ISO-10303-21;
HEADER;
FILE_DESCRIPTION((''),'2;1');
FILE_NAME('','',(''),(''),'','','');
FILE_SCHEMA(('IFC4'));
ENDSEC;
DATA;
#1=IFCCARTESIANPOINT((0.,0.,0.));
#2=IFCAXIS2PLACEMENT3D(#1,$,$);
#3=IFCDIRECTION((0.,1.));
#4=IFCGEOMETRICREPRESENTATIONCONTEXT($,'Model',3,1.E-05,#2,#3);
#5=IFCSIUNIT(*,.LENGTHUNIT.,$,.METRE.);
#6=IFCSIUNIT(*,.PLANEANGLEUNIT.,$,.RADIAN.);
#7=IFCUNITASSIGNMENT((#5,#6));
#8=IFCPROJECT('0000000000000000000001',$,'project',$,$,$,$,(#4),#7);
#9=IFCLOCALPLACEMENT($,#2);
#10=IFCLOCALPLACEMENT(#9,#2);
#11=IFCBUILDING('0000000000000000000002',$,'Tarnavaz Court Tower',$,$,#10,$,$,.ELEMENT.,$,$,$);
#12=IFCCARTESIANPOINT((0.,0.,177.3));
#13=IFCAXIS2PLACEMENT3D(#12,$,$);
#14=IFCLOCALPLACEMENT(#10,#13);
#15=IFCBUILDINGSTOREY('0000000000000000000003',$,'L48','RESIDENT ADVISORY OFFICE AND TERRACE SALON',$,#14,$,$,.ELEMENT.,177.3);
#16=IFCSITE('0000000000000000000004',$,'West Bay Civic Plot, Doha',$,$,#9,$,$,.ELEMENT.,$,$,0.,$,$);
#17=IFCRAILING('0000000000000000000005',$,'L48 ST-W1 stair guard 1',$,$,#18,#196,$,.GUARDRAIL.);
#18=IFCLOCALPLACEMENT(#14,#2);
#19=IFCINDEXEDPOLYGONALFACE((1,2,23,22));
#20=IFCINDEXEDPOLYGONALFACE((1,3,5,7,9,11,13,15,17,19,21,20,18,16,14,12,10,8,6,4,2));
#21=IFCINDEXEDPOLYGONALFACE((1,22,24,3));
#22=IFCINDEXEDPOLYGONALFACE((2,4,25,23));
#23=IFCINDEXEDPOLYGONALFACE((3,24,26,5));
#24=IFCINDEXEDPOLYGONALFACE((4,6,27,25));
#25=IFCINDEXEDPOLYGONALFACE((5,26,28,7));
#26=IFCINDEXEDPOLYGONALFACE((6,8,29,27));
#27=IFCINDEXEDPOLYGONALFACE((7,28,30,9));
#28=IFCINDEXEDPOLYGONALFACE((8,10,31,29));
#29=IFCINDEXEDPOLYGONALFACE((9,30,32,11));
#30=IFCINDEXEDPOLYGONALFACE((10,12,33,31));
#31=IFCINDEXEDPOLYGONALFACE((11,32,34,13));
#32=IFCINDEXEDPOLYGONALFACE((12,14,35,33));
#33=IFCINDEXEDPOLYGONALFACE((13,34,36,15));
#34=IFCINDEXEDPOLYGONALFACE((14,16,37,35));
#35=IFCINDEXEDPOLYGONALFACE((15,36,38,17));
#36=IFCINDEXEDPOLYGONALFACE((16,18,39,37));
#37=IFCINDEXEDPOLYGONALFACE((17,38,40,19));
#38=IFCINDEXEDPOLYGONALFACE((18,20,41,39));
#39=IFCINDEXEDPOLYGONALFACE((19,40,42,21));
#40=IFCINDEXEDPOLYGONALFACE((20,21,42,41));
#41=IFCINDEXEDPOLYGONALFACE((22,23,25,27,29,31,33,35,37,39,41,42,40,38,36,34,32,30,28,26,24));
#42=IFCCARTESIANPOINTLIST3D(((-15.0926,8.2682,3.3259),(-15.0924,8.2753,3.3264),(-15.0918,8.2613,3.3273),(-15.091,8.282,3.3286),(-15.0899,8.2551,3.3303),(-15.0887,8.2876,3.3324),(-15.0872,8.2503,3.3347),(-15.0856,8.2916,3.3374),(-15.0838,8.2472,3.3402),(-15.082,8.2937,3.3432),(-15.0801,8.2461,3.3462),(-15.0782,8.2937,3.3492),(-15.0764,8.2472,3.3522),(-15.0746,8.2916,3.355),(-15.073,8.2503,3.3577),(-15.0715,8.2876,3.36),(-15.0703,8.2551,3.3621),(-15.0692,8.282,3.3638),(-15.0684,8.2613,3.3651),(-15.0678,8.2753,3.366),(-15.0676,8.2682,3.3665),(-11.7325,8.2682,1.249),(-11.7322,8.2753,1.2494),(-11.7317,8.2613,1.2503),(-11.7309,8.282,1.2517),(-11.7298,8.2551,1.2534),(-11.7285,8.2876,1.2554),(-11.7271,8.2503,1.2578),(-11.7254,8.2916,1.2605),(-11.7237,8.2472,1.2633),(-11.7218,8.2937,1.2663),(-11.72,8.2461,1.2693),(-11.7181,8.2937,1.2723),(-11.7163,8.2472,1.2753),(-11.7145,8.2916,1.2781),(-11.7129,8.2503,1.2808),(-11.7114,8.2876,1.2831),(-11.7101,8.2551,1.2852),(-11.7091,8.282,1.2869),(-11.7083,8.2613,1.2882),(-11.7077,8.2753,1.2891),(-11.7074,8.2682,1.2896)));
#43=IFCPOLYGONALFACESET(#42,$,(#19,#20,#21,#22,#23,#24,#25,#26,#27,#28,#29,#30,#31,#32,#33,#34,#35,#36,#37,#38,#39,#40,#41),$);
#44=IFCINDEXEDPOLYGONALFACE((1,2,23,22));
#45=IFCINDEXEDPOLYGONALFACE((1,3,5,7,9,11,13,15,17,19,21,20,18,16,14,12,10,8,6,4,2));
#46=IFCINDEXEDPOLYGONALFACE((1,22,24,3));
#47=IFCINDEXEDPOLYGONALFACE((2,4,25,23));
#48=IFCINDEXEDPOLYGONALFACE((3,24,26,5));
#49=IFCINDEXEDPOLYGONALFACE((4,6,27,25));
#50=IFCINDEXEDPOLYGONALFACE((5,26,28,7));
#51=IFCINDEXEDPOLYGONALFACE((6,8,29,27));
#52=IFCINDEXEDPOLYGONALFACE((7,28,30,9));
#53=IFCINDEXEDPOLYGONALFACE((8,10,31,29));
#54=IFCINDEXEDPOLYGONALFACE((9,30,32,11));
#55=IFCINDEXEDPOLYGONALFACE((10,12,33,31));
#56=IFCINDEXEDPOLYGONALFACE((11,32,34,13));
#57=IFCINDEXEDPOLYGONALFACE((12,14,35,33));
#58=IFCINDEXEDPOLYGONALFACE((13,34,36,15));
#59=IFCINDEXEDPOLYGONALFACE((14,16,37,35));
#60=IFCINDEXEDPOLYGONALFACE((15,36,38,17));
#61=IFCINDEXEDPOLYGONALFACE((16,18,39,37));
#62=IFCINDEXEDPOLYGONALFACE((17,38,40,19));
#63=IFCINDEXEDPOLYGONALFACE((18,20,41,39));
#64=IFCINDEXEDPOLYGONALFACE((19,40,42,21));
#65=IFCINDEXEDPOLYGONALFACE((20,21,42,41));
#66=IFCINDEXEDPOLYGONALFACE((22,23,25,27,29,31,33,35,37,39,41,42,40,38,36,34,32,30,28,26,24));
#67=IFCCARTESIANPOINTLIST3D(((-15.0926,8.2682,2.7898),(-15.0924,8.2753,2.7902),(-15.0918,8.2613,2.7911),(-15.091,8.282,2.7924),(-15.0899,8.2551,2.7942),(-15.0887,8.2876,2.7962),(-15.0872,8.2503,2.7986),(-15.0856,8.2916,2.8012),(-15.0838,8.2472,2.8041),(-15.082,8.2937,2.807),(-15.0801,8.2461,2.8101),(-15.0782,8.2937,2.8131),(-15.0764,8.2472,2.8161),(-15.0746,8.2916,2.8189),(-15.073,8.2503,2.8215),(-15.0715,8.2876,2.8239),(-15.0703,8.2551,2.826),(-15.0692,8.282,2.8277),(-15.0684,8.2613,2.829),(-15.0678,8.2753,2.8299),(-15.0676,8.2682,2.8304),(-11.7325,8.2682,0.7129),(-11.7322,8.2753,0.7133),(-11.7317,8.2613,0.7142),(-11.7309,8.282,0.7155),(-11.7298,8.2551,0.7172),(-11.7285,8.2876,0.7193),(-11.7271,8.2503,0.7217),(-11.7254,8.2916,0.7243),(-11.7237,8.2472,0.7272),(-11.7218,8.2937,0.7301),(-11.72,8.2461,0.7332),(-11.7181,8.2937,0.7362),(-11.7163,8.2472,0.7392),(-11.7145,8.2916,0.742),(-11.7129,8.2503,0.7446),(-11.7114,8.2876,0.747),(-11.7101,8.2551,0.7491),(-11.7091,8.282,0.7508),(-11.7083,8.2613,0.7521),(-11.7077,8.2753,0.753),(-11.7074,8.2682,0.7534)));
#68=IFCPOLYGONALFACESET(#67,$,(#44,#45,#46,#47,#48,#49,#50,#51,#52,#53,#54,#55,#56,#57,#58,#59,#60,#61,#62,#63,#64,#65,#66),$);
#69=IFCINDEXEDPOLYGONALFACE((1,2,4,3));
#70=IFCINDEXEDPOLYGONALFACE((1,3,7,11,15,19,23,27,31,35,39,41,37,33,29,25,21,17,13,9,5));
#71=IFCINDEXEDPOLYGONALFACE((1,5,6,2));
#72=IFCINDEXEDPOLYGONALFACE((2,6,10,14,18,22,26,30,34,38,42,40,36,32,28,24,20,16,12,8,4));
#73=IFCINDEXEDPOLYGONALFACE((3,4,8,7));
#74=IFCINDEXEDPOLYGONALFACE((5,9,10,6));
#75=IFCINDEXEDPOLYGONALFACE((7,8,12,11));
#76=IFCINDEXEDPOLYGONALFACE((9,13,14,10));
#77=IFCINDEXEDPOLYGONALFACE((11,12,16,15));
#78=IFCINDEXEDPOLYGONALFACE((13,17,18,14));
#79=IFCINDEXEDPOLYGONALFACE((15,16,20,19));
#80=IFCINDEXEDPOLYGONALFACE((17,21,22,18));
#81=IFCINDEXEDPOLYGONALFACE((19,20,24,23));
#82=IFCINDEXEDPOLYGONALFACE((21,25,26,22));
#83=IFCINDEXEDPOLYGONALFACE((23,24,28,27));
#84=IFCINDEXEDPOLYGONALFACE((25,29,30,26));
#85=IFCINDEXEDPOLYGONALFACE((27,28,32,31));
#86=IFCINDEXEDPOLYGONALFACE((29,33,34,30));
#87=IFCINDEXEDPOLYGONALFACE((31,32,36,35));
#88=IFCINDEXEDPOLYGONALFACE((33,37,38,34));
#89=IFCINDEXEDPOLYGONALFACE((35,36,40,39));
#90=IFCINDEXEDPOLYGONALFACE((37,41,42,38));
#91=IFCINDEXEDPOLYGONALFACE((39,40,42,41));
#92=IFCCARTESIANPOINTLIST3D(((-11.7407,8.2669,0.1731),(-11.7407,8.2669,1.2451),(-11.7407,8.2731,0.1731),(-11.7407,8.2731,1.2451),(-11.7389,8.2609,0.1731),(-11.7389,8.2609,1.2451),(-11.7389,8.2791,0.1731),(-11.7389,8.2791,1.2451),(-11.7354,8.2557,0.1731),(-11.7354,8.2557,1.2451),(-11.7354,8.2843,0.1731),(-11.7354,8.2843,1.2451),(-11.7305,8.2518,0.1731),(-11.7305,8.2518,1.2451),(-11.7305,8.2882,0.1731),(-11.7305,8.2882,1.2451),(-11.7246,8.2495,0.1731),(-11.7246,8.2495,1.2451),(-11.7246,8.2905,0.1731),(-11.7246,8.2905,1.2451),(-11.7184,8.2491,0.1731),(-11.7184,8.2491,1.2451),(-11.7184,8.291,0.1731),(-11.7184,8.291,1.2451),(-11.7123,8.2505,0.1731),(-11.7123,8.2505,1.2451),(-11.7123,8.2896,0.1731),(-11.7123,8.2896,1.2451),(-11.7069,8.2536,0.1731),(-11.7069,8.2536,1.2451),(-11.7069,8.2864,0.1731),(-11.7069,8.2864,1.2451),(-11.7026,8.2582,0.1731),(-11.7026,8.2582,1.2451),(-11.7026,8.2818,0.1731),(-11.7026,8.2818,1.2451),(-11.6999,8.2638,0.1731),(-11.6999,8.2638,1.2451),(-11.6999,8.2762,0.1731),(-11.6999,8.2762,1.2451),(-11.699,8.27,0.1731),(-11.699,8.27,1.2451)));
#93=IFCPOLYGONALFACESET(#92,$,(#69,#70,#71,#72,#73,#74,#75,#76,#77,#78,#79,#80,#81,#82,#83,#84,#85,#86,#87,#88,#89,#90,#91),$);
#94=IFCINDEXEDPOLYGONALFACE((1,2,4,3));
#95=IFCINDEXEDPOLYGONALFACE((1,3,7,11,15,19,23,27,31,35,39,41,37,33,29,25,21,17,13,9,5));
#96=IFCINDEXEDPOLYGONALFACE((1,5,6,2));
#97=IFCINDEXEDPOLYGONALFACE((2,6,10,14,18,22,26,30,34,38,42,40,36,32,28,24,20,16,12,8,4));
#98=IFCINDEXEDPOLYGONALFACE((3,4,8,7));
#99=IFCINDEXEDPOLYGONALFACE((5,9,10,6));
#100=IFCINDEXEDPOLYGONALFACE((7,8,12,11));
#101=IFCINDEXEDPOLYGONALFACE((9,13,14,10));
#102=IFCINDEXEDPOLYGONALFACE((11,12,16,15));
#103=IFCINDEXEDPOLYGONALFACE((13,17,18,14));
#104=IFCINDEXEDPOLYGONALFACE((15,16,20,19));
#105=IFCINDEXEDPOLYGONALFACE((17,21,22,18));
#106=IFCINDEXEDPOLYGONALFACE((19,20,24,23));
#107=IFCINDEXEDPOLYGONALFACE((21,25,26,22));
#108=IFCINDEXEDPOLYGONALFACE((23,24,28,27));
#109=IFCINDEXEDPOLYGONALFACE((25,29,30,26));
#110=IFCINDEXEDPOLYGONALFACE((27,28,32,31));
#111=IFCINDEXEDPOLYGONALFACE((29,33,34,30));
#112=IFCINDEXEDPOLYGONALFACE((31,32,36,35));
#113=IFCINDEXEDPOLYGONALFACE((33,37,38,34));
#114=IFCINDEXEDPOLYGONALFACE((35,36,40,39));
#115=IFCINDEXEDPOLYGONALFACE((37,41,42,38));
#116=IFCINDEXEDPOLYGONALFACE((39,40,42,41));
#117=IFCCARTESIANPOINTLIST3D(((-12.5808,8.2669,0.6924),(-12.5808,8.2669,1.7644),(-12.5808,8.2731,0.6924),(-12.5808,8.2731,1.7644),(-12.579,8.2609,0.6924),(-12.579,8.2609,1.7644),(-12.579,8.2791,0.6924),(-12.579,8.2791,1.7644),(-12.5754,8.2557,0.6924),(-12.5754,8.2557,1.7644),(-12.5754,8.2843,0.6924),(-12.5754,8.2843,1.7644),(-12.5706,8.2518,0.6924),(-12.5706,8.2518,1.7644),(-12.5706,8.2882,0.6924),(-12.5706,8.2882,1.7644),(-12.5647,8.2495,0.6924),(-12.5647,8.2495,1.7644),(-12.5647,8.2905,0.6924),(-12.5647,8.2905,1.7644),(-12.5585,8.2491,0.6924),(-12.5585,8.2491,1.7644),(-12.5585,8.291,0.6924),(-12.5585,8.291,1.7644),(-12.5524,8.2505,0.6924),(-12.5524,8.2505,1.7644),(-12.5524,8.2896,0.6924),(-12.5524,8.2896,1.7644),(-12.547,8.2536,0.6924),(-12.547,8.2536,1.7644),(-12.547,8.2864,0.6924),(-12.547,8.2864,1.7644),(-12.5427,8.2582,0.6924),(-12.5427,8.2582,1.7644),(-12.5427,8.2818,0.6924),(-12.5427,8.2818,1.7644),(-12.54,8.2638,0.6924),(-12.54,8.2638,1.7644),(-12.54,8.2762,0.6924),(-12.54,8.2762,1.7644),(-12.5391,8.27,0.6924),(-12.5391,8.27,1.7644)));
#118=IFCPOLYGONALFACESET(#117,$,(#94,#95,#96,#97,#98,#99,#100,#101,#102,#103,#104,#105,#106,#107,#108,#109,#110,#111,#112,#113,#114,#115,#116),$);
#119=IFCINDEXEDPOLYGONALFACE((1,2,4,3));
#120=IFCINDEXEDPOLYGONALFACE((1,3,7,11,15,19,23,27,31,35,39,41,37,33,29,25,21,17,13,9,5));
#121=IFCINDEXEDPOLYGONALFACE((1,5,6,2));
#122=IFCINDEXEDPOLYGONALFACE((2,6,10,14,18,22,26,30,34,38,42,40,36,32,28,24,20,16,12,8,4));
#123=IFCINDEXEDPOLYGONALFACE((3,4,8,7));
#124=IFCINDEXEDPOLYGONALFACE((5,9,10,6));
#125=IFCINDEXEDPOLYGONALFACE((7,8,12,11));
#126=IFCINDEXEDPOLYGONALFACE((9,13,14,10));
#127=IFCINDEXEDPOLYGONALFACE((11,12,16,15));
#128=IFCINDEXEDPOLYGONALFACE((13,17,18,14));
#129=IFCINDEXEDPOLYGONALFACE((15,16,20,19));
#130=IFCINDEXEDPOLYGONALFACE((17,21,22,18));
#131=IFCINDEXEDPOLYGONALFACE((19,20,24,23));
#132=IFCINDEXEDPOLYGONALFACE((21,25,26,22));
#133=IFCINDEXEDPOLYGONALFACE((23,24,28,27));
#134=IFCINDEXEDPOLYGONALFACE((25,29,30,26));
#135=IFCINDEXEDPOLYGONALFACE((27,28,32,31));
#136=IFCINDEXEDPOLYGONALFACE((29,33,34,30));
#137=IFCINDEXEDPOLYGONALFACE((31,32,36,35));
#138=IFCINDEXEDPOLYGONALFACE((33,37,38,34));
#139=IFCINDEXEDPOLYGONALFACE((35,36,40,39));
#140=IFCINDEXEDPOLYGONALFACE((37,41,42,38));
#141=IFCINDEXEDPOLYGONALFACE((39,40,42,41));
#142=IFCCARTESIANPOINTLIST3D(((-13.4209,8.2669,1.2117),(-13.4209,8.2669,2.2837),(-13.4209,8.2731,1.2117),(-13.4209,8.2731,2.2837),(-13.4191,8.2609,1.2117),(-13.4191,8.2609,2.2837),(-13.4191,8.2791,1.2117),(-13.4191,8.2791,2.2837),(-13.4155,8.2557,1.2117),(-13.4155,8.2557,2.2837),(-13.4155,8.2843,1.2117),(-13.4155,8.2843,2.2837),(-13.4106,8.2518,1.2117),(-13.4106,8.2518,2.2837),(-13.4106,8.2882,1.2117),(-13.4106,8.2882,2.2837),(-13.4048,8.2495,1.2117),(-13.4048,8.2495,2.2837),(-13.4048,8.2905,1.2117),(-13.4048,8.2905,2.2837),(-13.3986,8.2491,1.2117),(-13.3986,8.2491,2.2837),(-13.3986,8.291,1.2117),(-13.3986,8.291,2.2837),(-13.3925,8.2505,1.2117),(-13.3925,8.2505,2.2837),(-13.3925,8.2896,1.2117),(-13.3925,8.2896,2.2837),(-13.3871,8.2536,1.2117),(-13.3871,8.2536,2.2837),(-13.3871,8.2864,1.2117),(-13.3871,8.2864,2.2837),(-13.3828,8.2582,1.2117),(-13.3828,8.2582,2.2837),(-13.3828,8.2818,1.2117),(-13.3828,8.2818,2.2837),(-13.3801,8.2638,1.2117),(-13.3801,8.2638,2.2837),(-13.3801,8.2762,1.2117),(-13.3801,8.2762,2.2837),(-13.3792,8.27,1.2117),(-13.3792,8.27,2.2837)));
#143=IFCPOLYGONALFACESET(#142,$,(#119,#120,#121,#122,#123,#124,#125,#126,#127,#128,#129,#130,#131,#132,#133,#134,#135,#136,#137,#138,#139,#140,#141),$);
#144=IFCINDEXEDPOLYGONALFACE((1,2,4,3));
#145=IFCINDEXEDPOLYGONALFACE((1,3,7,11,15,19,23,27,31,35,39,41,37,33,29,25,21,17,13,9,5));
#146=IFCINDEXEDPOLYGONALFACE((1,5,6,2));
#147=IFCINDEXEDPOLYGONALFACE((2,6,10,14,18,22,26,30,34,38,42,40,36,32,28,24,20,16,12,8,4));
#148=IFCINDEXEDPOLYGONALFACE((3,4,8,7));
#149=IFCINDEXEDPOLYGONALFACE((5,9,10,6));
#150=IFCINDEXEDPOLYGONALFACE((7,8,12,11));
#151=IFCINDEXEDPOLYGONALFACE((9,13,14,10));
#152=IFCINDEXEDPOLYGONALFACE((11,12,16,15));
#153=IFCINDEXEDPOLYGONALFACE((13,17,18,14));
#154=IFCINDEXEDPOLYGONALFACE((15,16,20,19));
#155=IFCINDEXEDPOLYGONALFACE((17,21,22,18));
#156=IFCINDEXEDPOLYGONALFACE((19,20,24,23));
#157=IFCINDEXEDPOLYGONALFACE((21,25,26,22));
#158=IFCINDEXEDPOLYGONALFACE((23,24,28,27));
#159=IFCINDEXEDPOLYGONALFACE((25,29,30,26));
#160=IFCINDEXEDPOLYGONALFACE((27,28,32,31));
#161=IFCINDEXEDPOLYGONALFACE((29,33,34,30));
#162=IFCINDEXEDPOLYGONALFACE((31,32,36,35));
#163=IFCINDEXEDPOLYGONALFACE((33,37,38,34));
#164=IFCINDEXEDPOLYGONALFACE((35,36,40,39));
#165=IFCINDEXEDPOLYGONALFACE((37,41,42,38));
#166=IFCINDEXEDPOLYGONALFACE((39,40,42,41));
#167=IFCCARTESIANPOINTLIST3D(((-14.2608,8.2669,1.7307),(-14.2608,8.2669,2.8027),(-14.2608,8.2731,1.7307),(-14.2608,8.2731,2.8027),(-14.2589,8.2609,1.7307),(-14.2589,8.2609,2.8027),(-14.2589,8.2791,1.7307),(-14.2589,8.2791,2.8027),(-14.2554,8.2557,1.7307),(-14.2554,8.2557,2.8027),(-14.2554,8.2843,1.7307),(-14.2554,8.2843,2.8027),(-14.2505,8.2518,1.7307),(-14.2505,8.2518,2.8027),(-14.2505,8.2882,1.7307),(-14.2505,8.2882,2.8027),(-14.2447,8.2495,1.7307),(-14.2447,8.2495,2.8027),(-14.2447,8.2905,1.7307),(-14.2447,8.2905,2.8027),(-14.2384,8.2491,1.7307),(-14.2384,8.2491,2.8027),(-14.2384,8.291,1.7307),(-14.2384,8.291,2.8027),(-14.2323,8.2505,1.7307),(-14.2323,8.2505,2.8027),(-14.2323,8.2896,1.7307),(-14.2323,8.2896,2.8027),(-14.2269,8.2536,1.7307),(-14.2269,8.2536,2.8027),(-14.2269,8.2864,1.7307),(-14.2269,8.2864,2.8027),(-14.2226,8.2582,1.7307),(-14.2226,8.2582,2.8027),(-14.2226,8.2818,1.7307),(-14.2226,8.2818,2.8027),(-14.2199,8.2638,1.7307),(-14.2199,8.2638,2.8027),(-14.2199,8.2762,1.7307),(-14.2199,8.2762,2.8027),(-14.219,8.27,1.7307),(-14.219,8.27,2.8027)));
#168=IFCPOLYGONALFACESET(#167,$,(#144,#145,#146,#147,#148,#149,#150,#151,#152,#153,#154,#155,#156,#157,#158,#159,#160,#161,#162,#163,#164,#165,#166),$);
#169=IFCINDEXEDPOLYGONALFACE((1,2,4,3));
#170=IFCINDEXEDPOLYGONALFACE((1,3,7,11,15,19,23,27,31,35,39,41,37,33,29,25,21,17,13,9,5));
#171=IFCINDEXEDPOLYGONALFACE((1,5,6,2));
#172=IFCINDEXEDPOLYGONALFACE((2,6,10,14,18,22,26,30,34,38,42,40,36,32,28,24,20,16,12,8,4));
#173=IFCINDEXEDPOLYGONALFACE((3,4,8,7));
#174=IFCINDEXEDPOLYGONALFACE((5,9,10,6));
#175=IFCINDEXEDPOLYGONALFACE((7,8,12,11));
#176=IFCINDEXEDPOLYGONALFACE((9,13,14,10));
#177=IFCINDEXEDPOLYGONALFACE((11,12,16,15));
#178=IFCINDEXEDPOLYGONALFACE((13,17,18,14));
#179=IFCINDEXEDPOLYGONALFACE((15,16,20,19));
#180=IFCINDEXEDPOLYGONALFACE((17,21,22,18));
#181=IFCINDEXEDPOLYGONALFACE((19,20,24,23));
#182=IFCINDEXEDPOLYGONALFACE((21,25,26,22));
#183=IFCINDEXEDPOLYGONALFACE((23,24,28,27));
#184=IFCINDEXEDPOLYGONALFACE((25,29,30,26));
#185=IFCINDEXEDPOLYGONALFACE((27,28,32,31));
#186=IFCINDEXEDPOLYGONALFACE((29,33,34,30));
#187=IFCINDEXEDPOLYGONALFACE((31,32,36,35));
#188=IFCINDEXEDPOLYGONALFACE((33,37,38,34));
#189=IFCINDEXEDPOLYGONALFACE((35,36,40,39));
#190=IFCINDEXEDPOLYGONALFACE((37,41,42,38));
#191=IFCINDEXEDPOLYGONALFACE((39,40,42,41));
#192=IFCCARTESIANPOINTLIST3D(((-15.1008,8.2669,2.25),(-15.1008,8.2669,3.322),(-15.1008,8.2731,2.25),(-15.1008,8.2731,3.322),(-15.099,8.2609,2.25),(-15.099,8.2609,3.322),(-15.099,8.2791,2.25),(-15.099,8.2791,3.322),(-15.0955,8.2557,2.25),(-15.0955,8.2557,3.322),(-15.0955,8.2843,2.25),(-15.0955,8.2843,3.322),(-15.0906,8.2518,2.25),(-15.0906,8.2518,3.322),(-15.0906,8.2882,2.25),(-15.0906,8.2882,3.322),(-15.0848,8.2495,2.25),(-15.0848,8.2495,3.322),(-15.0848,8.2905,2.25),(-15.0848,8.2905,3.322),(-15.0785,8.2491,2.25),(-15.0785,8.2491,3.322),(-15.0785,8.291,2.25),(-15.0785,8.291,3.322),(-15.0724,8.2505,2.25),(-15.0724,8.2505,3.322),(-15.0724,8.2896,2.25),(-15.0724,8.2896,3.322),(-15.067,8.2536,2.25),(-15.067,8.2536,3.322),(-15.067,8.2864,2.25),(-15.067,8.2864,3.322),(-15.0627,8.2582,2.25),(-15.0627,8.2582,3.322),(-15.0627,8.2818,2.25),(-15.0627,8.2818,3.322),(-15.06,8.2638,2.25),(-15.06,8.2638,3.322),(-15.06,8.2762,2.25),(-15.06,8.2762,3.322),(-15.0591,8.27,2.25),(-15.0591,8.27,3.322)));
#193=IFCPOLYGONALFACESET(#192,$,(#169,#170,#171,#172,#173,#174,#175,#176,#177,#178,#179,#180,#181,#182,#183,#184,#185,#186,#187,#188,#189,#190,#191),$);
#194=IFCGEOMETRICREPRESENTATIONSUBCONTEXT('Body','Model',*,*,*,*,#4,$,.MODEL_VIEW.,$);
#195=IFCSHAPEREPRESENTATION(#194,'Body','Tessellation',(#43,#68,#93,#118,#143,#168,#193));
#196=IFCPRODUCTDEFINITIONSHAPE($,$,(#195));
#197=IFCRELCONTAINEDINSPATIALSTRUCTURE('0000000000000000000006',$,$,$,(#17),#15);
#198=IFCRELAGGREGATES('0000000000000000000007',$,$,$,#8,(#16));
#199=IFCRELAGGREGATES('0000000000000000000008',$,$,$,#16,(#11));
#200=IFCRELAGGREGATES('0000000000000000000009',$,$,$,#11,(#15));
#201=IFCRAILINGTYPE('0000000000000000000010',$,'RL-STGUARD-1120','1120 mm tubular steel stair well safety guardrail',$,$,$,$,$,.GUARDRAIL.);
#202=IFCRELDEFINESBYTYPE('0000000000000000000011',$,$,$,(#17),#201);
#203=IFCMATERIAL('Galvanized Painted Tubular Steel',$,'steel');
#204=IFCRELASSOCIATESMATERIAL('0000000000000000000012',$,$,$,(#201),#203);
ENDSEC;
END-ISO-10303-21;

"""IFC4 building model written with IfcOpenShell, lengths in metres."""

from ifc_helpers import new_model, si_unit, direction, frame, origin, origin_2d, place, context, subcontext, project, spatial, circle, extrude, material, type_object, element, save


model = new_model("IFC4")

# Units and contexts
model_context = context("Model", 3, precision=1e-05, world=origin(), true_north=direction((0.0, 1.0)))
body_context = subcontext(model_context, "Body", "Model", "MODEL_VIEW")
ifc_project = project(units=[si_unit("LENGTHUNIT", "METRE"), si_unit("PLANEANGLEUNIT", "RADIAN")], contexts=[model_context])

# Site, building, storey
site_placement = place(None, origin())
site = spatial("IfcSite", under=ifc_project, at=site_placement, Name="West Bay Civic Plot, Doha", CompositionType="ELEMENT", RefElevation=0.0)
building_placement = place(site_placement, origin())
building = spatial("IfcBuilding", under=site, at=building_placement, Name="Tarnavaz Court Tower", CompositionType="ELEMENT")
storey_placement = place(building_placement, frame((0.0, 0.0, 177.3)))
storey = spatial("IfcBuildingStorey", under=building, at=storey_placement, Name="L48", Description="RESIDENT ADVISORY OFFICE AND TERRACE SALON", CompositionType="ELEMENT", Elevation=177.3)

# Railing
ifc_material_1 = material(Name="Galvanized Painted Tubular Steel", Category="steel")
railing_type_1 = type_object("IfcRailingType", Name="RL-STGUARD-1120", Description="1120 mm tubular steel stair well safety guardrail", PredefinedType="GUARDRAIL", material=ifc_material_1)
railing_1_placement = place(storey_placement, frame((-11.72, 8.27, 0.1731)))
element("IfcRailing", 1, at=railing_1_placement, inside=storey, type_object=railing_type_1, Name="L48 ST-W1 stair guard 1", PredefinedType="GUARDRAIL", context=body_context, shape_type="SweptSolid", body=[
    extrude(circle(Radius=0.0239, at=origin_2d()), frame((0.0, 0.0, 1.0962), z_axis=(-0.850623, 0.0, 0.525776), x_axis=(0.0, -1.0, 0.0)), (0.0, 0.0, 1.0), 3.9502),
    extrude(circle(Radius=0.0239, at=origin_2d()), frame((0.0, 0.0, 0.5601), z_axis=(-0.850623, 0.0, 0.525776), x_axis=(0.0, -1.0, 0.0)), (0.0, 0.0, 1.0), 3.9502),
    extrude(circle(Radius=0.021, at=origin_2d()), origin(), (0.0, 0.0, 1.0), 1.072),
    extrude(circle(Radius=0.021, at=origin_2d()), frame((-0.8401, 0.0, 0.5193)), (0.0, 0.0, 1.0), 1.072),
    extrude(circle(Radius=0.021, at=origin_2d()), frame((-1.6802, 0.0, 1.0386)), (0.0, 0.0, 1.0), 1.072),
    extrude(circle(Radius=0.021, at=origin_2d()), frame((-2.52, 0.0, 1.5576)), (0.0, 0.0, 1.0), 1.072),
    extrude(circle(Radius=0.021, at=origin_2d()), frame((-3.3601, 0.0, 2.0769)), (0.0, 0.0, 1.0), 1.072),
])

save(model, "model.ifc")
